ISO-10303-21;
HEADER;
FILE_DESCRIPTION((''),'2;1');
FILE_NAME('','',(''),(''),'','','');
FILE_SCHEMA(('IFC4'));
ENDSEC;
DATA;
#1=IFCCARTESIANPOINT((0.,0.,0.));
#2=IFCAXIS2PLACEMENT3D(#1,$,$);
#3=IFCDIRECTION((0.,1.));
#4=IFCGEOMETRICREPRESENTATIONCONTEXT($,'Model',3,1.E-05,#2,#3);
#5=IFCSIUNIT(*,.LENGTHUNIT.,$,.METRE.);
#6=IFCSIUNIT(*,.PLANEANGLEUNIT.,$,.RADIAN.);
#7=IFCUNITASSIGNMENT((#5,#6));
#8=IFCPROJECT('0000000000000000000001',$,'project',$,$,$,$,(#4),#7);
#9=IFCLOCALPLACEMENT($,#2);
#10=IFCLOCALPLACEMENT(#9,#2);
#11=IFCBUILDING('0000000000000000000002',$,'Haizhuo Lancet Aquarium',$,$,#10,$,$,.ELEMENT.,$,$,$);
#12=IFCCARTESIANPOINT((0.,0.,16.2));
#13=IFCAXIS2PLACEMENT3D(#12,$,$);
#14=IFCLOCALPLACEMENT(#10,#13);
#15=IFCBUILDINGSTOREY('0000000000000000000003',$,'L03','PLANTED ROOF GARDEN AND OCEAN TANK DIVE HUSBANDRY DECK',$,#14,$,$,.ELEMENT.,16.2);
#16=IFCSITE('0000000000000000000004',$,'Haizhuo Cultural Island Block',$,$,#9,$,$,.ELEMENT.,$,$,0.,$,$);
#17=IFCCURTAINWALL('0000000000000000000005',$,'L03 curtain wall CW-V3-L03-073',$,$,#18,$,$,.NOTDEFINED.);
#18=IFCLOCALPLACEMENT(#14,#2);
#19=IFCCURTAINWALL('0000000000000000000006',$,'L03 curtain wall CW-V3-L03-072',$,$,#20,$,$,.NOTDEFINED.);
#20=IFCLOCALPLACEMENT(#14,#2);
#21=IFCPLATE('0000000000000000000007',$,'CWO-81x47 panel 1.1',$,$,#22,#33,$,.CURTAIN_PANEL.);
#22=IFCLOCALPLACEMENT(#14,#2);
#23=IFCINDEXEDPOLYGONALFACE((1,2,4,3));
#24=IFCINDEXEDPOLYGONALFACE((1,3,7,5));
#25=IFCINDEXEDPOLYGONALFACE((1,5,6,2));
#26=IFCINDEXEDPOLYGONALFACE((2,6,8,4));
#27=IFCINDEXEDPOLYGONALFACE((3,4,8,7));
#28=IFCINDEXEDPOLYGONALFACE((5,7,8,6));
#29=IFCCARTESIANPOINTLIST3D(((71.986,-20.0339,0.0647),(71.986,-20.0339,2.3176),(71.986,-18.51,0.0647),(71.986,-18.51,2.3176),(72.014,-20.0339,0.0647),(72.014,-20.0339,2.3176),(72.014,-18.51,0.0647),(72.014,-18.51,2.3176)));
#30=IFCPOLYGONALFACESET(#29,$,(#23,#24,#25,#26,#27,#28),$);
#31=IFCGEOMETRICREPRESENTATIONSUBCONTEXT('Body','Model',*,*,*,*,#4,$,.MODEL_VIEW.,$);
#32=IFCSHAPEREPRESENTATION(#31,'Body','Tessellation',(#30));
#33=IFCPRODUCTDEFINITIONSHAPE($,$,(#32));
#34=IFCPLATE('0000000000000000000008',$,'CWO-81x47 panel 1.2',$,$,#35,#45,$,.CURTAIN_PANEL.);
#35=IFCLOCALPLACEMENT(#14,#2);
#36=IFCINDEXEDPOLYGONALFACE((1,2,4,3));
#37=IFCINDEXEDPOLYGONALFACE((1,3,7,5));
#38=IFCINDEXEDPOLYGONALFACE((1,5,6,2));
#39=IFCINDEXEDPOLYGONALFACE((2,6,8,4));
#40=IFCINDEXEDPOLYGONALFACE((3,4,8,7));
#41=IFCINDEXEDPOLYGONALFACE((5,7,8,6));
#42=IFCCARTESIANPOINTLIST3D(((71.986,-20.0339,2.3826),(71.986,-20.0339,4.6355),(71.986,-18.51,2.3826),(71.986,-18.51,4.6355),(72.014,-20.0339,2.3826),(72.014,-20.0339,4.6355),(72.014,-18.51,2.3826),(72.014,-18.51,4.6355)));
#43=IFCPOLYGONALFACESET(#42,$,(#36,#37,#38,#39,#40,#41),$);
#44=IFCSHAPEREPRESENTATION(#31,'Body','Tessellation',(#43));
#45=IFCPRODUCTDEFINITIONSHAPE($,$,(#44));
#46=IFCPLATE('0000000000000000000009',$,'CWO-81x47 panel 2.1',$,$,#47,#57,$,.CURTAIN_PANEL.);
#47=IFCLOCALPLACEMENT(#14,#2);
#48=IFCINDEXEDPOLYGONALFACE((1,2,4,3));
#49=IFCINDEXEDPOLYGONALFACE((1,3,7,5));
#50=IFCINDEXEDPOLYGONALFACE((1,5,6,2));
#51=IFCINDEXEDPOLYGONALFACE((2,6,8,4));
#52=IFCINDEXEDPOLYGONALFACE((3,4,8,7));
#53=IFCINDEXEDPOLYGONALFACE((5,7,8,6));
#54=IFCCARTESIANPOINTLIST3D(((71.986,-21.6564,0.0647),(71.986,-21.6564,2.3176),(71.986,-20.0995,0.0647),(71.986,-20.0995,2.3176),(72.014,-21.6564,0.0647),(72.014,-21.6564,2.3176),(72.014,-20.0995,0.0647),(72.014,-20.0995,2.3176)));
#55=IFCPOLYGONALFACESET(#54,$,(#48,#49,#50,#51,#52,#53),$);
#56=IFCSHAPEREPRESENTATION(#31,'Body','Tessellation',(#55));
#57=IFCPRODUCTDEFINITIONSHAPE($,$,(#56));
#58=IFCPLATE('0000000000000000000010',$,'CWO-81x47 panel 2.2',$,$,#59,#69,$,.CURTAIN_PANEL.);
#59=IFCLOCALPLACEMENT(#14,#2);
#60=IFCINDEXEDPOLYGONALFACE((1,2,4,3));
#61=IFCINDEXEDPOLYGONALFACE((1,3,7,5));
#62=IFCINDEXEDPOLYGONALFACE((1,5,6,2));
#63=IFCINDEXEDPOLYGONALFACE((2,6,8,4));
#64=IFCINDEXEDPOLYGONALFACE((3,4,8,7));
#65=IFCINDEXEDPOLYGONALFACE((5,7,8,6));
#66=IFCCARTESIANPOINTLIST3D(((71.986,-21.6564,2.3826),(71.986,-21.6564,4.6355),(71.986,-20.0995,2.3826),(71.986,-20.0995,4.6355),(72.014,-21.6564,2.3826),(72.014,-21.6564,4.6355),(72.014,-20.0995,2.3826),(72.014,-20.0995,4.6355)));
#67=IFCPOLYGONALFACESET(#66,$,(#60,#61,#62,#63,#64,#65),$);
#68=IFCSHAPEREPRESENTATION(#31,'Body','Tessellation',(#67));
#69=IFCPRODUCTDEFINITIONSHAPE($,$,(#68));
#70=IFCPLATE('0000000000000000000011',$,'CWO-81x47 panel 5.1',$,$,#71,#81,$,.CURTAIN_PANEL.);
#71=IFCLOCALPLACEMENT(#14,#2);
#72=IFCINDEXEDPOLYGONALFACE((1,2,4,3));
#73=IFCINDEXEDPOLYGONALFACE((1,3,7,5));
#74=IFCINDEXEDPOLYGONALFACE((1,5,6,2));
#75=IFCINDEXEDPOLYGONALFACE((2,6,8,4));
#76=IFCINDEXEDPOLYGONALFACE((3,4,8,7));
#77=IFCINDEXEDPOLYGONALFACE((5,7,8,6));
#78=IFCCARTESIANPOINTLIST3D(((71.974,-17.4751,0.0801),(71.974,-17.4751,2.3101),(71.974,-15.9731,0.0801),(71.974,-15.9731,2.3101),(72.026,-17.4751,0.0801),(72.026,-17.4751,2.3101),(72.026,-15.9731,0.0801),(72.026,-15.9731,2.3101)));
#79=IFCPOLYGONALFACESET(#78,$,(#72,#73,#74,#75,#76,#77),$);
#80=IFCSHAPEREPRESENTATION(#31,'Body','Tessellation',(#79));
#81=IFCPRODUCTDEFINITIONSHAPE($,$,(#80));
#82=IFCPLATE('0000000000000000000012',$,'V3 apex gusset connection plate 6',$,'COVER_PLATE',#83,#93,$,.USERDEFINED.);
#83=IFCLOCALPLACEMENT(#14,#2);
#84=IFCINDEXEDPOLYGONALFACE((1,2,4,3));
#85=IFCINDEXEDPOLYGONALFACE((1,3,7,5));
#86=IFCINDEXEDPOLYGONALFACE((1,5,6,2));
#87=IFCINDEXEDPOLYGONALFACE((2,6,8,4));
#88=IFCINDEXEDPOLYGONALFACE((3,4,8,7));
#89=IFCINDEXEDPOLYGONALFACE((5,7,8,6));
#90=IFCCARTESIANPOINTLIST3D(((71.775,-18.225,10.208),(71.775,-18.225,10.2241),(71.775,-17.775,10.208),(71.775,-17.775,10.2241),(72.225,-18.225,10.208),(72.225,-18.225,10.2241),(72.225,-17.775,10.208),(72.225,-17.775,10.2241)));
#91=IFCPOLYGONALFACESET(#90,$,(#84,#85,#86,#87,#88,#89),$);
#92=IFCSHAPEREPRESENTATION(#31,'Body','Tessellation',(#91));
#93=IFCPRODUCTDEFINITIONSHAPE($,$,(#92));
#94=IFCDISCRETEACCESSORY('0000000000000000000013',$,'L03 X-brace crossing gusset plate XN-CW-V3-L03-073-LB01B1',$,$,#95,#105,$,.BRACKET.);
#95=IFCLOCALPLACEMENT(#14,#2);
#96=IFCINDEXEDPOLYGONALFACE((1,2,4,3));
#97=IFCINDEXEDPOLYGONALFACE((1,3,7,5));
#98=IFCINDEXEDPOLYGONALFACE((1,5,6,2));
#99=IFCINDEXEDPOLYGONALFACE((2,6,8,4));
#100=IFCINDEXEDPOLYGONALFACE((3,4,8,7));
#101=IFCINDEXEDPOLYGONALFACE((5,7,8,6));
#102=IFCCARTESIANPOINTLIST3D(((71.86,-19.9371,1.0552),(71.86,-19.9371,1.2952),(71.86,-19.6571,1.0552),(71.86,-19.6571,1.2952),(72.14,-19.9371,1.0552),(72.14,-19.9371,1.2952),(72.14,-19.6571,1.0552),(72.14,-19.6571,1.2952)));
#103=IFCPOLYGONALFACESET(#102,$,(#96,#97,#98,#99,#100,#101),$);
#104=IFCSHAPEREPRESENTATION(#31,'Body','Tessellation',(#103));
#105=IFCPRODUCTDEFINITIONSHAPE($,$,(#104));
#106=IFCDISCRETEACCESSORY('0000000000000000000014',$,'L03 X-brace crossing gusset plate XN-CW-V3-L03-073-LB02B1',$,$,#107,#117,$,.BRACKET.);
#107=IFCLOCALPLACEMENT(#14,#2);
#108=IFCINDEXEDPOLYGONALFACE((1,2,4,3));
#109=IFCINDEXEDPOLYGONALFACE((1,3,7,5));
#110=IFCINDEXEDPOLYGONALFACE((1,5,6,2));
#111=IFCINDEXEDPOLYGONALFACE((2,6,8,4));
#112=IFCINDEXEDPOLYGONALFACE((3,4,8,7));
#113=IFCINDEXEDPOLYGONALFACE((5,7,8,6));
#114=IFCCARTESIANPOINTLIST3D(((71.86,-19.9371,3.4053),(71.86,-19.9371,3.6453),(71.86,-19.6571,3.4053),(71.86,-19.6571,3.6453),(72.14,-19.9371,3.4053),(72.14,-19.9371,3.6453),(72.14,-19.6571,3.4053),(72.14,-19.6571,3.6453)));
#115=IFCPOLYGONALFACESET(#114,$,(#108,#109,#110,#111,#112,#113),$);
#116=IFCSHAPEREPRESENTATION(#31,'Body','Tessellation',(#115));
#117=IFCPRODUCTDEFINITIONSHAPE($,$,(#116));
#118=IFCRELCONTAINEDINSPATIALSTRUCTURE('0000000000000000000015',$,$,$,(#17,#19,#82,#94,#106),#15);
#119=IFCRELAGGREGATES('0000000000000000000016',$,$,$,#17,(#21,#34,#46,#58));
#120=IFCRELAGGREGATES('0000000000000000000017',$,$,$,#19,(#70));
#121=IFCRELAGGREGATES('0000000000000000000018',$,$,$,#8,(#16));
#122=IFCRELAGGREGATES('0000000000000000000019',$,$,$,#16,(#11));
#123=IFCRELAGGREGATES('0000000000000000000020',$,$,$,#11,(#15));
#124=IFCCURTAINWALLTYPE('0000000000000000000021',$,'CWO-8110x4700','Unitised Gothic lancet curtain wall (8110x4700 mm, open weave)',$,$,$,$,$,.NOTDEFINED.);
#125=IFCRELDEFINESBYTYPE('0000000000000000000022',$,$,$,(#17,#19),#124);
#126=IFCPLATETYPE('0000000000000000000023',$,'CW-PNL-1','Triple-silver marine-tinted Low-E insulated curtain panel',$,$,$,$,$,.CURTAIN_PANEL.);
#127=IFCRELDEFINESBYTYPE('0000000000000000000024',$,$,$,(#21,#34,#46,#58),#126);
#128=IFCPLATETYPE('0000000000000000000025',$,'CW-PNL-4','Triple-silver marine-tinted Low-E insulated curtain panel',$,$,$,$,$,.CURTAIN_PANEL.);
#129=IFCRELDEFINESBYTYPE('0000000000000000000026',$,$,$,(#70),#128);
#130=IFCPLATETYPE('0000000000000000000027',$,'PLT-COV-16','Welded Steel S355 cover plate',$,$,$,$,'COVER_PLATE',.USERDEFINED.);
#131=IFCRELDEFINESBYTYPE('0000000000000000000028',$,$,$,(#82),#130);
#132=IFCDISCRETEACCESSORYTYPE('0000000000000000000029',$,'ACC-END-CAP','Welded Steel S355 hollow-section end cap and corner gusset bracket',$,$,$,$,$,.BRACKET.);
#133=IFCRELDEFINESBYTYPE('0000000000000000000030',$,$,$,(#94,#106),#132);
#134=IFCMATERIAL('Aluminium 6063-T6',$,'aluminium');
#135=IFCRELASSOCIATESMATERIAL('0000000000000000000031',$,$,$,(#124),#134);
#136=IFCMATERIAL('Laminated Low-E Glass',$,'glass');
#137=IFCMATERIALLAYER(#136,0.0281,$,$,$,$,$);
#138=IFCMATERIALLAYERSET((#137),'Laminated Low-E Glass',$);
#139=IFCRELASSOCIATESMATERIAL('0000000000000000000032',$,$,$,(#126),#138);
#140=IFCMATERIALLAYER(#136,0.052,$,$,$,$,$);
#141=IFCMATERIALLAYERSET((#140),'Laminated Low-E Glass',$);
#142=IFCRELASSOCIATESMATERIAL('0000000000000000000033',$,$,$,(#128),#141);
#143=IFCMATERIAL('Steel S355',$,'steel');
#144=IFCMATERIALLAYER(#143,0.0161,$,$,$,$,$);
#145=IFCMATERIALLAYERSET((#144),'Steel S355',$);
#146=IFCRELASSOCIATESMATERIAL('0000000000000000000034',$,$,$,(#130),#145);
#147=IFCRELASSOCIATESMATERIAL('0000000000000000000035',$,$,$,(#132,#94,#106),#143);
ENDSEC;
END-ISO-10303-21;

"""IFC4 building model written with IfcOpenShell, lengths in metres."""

from ifc_helpers import new_model, si_unit, direction, frame, origin, origin_2d, place, context, subcontext, project, spatial, rectangle, extrude, material, layer, layer_set, type_object, element, aggregate, save


model = new_model("IFC4")

# Units and contexts
model_context = context("Model", 3, precision=1e-05, world=origin(), true_north=direction((0.0, 1.0)))
body_context = subcontext(model_context, "Body", "Model", "MODEL_VIEW")
ifc_project = project(units=[si_unit("LENGTHUNIT", "METRE"), si_unit("PLANEANGLEUNIT", "RADIAN")], contexts=[model_context])

# Site, building, storey
site_placement = place(None, origin())
site = spatial("IfcSite", under=ifc_project, at=site_placement, Name="Haizhuo Cultural Island Block", CompositionType="ELEMENT", RefElevation=0.0)
building_placement = place(site_placement, origin())
building = spatial("IfcBuilding", under=site, at=building_placement, Name="Haizhuo Lancet Aquarium", CompositionType="ELEMENT")
storey_placement = place(building_placement, frame((0.0, 0.0, 16.2)))
storey = spatial("IfcBuildingStorey", under=building, at=storey_placement, Name="L03", Description="PLANTED ROOF GARDEN AND OCEAN TANK DIVE HUSBANDRY DECK", CompositionType="ELEMENT", Elevation=16.2)

# Curtain wall
ifc_material_1 = material(Name="Aluminium 6063-T6", Category="aluminium")
curtain_wall_type = type_object("IfcCurtainWallType", Name="CWO-8110x4700", Description="Unitised Gothic lancet curtain wall (8110x4700 mm, open weave)", PredefinedType="NOTDEFINED", material=ifc_material_1)
curtain_wall_1_placement = place(storey_placement, origin())
curtain_wall_1 = element("IfcCurtainWall", 1, at=curtain_wall_1_placement, inside=storey, type_object=curtain_wall_type, Name="L03 curtain wall CW-V3-L03-073", PredefinedType="NOTDEFINED")

# Curtain wall
curtain_wall_2_placement = place(storey_placement, origin())
curtain_wall_2 = element("IfcCurtainWall", 2, at=curtain_wall_2_placement, inside=storey, type_object=curtain_wall_type, Name="L03 curtain wall CW-V3-L03-072", PredefinedType="NOTDEFINED")

# Shared definitions
ifc_material_2 = material(Name="Steel S355", Category="steel")

# Plates
ifc_material_3 = material(Name="Laminated Low-E Glass", Category="glass")
ifc_layer_1 = layer(ifc_material_3, 0.0281)
ifc_layer_set_1 = layer_set([ifc_layer_1], Name="Laminated Low-E Glass")
plate_type_1 = type_object("IfcPlateType", Name="CW-PNL-1", Description="Triple-silver marine-tinted Low-E insulated curtain panel", PredefinedType="CURTAIN_PANEL", material=ifc_layer_set_1)
plate_1_placement = place(storey_placement, frame((72.0, -19.272, 0.0647), z_axis=(0.0, 0.0, 1.0), x_axis=(0.0, -1.0, 0.0)))
plate_1 = element("IfcPlate", 3, at=plate_1_placement, type_object=plate_type_1, Name="CWO-81x47 panel 1.1", PredefinedType="CURTAIN_PANEL", context=body_context, shape_type="SweptSolid", body=[
    extrude(rectangle(XDim=1.5239, YDim=0.0281, at=origin_2d()), origin(), (0.0, 0.0, 1.0), 2.2529),
])
plate_2_placement = place(storey_placement, frame((72.0, -19.272, 2.3826), z_axis=(0.0, 0.0, 1.0), x_axis=(0.0, -1.0, 0.0)))
plate_2 = element("IfcPlate", 4, at=plate_2_placement, type_object=plate_type_1, Name="CWO-81x47 panel 1.2", PredefinedType="CURTAIN_PANEL", context=body_context, shape_type="SweptSolid", body=[
    extrude(rectangle(XDim=1.5239, YDim=0.0281, at=origin_2d()), origin(), (0.0, 0.0, 1.0), 2.2529),
])
plate_3_placement = place(storey_placement, frame((72.0, -20.8779, 0.0647), z_axis=(0.0, 0.0, 1.0), x_axis=(0.0, -1.0, 0.0)))
plate_3 = element("IfcPlate", 5, at=plate_3_placement, type_object=plate_type_1, Name="CWO-81x47 panel 2.1", PredefinedType="CURTAIN_PANEL", context=body_context, shape_type="SweptSolid", body=[
    extrude(rectangle(XDim=1.5569, YDim=0.0281, at=origin_2d()), origin(), (0.0, 0.0, 1.0), 2.2529),
])
plate_4_placement = place(storey_placement, frame((72.0, -20.8779, 2.3826), z_axis=(0.0, 0.0, 1.0), x_axis=(0.0, -1.0, 0.0)))
plate_4 = element("IfcPlate", 6, at=plate_4_placement, type_object=plate_type_1, Name="CWO-81x47 panel 2.2", PredefinedType="CURTAIN_PANEL", context=body_context, shape_type="SweptSolid", body=[
    extrude(rectangle(XDim=1.5569, YDim=0.0281, at=origin_2d()), origin(), (0.0, 0.0, 1.0), 2.2529),
])
aggregate(curtain_wall_1, [plate_1, plate_2, plate_3, plate_4])
ifc_layer_2 = layer(ifc_material_3, 0.052)
ifc_layer_set_2 = layer_set([ifc_layer_2], Name="Laminated Low-E Glass")
plate_type_2 = type_object("IfcPlateType", Name="CW-PNL-4", Description="Triple-silver marine-tinted Low-E insulated curtain panel", PredefinedType="CURTAIN_PANEL", material=ifc_layer_set_2)
plate_5_placement = place(storey_placement, frame((72.0, -16.7241, 0.0801), z_axis=(0.0, 0.0, 1.0), x_axis=(0.0, -1.0, 0.0)))
plate_5 = element("IfcPlate", 7, at=plate_5_placement, type_object=plate_type_2, Name="CWO-81x47 panel 5.1", PredefinedType="CURTAIN_PANEL", context=body_context, shape_type="SweptSolid", body=[
    extrude(rectangle(XDim=1.502, YDim=0.052, at=origin_2d()), origin(), (0.0, 0.0, 1.0), 2.23),
])
aggregate(curtain_wall_2, [plate_5])
ifc_layer_3 = layer(ifc_material_2, 0.0161)
ifc_layer_set_3 = layer_set([ifc_layer_3], Name="Steel S355")
plate_type_3 = type_object("IfcPlateType", Name="PLT-COV-16", Description="Welded Steel S355 cover plate", ElementType="COVER_PLATE", PredefinedType="USERDEFINED", material=ifc_layer_set_3)
plate_6_placement = place(storey_placement, frame((72.0, -18.0, 10.208), z_axis=(0.0, 0.0, 1.0), x_axis=(1.0, 0.0, 0.0)))
element("IfcPlate", 8, at=plate_6_placement, inside=storey, type_object=plate_type_3, Name="V3 apex gusset connection plate 6", ObjectType="COVER_PLATE", PredefinedType="USERDEFINED", context=body_context, shape_type="SweptSolid", body=[
    extrude(rectangle(XDim=0.45, YDim=0.45, at=origin_2d()), origin(), (0.0, 0.0, 1.0), 0.0161),
])

# Discrete accessories
discrete_accessory_type = type_object("IfcDiscreteAccessoryType", Name="ACC-END-CAP", Description="Welded Steel S355 hollow-section end cap and corner gusset bracket", PredefinedType="BRACKET", material=ifc_material_2)
for number, where, z_axis, x_axis, name in (
    (9, (72.0, -19.7971, 1.0552), (0.0, 0.0, 1.0), (1.0, 0.0, 0.0), "L03 X-brace crossing gusset plate XN-CW-V3-L03-073-LB01B1"),
    (10, (72.0, -19.7971, 3.4053), (0.0, 0.0, 1.0), (1.0, 0.0, 0.0), "L03 X-brace crossing gusset plate XN-CW-V3-L03-073-LB02B1"),
):
    element("IfcDiscreteAccessory", number, at=place(storey_placement, frame(where, z_axis=z_axis, x_axis=x_axis)), inside=storey, type_object=discrete_accessory_type, material=ifc_material_2, Name=name, PredefinedType="BRACKET", context=body_context, shape_type="SweptSolid", body=[
        extrude(rectangle(XDim=0.28, YDim=0.28, at=origin_2d()), origin(), (0.0, 0.0, 1.0), 0.24),
    ])

save(model, "model.ifc")
